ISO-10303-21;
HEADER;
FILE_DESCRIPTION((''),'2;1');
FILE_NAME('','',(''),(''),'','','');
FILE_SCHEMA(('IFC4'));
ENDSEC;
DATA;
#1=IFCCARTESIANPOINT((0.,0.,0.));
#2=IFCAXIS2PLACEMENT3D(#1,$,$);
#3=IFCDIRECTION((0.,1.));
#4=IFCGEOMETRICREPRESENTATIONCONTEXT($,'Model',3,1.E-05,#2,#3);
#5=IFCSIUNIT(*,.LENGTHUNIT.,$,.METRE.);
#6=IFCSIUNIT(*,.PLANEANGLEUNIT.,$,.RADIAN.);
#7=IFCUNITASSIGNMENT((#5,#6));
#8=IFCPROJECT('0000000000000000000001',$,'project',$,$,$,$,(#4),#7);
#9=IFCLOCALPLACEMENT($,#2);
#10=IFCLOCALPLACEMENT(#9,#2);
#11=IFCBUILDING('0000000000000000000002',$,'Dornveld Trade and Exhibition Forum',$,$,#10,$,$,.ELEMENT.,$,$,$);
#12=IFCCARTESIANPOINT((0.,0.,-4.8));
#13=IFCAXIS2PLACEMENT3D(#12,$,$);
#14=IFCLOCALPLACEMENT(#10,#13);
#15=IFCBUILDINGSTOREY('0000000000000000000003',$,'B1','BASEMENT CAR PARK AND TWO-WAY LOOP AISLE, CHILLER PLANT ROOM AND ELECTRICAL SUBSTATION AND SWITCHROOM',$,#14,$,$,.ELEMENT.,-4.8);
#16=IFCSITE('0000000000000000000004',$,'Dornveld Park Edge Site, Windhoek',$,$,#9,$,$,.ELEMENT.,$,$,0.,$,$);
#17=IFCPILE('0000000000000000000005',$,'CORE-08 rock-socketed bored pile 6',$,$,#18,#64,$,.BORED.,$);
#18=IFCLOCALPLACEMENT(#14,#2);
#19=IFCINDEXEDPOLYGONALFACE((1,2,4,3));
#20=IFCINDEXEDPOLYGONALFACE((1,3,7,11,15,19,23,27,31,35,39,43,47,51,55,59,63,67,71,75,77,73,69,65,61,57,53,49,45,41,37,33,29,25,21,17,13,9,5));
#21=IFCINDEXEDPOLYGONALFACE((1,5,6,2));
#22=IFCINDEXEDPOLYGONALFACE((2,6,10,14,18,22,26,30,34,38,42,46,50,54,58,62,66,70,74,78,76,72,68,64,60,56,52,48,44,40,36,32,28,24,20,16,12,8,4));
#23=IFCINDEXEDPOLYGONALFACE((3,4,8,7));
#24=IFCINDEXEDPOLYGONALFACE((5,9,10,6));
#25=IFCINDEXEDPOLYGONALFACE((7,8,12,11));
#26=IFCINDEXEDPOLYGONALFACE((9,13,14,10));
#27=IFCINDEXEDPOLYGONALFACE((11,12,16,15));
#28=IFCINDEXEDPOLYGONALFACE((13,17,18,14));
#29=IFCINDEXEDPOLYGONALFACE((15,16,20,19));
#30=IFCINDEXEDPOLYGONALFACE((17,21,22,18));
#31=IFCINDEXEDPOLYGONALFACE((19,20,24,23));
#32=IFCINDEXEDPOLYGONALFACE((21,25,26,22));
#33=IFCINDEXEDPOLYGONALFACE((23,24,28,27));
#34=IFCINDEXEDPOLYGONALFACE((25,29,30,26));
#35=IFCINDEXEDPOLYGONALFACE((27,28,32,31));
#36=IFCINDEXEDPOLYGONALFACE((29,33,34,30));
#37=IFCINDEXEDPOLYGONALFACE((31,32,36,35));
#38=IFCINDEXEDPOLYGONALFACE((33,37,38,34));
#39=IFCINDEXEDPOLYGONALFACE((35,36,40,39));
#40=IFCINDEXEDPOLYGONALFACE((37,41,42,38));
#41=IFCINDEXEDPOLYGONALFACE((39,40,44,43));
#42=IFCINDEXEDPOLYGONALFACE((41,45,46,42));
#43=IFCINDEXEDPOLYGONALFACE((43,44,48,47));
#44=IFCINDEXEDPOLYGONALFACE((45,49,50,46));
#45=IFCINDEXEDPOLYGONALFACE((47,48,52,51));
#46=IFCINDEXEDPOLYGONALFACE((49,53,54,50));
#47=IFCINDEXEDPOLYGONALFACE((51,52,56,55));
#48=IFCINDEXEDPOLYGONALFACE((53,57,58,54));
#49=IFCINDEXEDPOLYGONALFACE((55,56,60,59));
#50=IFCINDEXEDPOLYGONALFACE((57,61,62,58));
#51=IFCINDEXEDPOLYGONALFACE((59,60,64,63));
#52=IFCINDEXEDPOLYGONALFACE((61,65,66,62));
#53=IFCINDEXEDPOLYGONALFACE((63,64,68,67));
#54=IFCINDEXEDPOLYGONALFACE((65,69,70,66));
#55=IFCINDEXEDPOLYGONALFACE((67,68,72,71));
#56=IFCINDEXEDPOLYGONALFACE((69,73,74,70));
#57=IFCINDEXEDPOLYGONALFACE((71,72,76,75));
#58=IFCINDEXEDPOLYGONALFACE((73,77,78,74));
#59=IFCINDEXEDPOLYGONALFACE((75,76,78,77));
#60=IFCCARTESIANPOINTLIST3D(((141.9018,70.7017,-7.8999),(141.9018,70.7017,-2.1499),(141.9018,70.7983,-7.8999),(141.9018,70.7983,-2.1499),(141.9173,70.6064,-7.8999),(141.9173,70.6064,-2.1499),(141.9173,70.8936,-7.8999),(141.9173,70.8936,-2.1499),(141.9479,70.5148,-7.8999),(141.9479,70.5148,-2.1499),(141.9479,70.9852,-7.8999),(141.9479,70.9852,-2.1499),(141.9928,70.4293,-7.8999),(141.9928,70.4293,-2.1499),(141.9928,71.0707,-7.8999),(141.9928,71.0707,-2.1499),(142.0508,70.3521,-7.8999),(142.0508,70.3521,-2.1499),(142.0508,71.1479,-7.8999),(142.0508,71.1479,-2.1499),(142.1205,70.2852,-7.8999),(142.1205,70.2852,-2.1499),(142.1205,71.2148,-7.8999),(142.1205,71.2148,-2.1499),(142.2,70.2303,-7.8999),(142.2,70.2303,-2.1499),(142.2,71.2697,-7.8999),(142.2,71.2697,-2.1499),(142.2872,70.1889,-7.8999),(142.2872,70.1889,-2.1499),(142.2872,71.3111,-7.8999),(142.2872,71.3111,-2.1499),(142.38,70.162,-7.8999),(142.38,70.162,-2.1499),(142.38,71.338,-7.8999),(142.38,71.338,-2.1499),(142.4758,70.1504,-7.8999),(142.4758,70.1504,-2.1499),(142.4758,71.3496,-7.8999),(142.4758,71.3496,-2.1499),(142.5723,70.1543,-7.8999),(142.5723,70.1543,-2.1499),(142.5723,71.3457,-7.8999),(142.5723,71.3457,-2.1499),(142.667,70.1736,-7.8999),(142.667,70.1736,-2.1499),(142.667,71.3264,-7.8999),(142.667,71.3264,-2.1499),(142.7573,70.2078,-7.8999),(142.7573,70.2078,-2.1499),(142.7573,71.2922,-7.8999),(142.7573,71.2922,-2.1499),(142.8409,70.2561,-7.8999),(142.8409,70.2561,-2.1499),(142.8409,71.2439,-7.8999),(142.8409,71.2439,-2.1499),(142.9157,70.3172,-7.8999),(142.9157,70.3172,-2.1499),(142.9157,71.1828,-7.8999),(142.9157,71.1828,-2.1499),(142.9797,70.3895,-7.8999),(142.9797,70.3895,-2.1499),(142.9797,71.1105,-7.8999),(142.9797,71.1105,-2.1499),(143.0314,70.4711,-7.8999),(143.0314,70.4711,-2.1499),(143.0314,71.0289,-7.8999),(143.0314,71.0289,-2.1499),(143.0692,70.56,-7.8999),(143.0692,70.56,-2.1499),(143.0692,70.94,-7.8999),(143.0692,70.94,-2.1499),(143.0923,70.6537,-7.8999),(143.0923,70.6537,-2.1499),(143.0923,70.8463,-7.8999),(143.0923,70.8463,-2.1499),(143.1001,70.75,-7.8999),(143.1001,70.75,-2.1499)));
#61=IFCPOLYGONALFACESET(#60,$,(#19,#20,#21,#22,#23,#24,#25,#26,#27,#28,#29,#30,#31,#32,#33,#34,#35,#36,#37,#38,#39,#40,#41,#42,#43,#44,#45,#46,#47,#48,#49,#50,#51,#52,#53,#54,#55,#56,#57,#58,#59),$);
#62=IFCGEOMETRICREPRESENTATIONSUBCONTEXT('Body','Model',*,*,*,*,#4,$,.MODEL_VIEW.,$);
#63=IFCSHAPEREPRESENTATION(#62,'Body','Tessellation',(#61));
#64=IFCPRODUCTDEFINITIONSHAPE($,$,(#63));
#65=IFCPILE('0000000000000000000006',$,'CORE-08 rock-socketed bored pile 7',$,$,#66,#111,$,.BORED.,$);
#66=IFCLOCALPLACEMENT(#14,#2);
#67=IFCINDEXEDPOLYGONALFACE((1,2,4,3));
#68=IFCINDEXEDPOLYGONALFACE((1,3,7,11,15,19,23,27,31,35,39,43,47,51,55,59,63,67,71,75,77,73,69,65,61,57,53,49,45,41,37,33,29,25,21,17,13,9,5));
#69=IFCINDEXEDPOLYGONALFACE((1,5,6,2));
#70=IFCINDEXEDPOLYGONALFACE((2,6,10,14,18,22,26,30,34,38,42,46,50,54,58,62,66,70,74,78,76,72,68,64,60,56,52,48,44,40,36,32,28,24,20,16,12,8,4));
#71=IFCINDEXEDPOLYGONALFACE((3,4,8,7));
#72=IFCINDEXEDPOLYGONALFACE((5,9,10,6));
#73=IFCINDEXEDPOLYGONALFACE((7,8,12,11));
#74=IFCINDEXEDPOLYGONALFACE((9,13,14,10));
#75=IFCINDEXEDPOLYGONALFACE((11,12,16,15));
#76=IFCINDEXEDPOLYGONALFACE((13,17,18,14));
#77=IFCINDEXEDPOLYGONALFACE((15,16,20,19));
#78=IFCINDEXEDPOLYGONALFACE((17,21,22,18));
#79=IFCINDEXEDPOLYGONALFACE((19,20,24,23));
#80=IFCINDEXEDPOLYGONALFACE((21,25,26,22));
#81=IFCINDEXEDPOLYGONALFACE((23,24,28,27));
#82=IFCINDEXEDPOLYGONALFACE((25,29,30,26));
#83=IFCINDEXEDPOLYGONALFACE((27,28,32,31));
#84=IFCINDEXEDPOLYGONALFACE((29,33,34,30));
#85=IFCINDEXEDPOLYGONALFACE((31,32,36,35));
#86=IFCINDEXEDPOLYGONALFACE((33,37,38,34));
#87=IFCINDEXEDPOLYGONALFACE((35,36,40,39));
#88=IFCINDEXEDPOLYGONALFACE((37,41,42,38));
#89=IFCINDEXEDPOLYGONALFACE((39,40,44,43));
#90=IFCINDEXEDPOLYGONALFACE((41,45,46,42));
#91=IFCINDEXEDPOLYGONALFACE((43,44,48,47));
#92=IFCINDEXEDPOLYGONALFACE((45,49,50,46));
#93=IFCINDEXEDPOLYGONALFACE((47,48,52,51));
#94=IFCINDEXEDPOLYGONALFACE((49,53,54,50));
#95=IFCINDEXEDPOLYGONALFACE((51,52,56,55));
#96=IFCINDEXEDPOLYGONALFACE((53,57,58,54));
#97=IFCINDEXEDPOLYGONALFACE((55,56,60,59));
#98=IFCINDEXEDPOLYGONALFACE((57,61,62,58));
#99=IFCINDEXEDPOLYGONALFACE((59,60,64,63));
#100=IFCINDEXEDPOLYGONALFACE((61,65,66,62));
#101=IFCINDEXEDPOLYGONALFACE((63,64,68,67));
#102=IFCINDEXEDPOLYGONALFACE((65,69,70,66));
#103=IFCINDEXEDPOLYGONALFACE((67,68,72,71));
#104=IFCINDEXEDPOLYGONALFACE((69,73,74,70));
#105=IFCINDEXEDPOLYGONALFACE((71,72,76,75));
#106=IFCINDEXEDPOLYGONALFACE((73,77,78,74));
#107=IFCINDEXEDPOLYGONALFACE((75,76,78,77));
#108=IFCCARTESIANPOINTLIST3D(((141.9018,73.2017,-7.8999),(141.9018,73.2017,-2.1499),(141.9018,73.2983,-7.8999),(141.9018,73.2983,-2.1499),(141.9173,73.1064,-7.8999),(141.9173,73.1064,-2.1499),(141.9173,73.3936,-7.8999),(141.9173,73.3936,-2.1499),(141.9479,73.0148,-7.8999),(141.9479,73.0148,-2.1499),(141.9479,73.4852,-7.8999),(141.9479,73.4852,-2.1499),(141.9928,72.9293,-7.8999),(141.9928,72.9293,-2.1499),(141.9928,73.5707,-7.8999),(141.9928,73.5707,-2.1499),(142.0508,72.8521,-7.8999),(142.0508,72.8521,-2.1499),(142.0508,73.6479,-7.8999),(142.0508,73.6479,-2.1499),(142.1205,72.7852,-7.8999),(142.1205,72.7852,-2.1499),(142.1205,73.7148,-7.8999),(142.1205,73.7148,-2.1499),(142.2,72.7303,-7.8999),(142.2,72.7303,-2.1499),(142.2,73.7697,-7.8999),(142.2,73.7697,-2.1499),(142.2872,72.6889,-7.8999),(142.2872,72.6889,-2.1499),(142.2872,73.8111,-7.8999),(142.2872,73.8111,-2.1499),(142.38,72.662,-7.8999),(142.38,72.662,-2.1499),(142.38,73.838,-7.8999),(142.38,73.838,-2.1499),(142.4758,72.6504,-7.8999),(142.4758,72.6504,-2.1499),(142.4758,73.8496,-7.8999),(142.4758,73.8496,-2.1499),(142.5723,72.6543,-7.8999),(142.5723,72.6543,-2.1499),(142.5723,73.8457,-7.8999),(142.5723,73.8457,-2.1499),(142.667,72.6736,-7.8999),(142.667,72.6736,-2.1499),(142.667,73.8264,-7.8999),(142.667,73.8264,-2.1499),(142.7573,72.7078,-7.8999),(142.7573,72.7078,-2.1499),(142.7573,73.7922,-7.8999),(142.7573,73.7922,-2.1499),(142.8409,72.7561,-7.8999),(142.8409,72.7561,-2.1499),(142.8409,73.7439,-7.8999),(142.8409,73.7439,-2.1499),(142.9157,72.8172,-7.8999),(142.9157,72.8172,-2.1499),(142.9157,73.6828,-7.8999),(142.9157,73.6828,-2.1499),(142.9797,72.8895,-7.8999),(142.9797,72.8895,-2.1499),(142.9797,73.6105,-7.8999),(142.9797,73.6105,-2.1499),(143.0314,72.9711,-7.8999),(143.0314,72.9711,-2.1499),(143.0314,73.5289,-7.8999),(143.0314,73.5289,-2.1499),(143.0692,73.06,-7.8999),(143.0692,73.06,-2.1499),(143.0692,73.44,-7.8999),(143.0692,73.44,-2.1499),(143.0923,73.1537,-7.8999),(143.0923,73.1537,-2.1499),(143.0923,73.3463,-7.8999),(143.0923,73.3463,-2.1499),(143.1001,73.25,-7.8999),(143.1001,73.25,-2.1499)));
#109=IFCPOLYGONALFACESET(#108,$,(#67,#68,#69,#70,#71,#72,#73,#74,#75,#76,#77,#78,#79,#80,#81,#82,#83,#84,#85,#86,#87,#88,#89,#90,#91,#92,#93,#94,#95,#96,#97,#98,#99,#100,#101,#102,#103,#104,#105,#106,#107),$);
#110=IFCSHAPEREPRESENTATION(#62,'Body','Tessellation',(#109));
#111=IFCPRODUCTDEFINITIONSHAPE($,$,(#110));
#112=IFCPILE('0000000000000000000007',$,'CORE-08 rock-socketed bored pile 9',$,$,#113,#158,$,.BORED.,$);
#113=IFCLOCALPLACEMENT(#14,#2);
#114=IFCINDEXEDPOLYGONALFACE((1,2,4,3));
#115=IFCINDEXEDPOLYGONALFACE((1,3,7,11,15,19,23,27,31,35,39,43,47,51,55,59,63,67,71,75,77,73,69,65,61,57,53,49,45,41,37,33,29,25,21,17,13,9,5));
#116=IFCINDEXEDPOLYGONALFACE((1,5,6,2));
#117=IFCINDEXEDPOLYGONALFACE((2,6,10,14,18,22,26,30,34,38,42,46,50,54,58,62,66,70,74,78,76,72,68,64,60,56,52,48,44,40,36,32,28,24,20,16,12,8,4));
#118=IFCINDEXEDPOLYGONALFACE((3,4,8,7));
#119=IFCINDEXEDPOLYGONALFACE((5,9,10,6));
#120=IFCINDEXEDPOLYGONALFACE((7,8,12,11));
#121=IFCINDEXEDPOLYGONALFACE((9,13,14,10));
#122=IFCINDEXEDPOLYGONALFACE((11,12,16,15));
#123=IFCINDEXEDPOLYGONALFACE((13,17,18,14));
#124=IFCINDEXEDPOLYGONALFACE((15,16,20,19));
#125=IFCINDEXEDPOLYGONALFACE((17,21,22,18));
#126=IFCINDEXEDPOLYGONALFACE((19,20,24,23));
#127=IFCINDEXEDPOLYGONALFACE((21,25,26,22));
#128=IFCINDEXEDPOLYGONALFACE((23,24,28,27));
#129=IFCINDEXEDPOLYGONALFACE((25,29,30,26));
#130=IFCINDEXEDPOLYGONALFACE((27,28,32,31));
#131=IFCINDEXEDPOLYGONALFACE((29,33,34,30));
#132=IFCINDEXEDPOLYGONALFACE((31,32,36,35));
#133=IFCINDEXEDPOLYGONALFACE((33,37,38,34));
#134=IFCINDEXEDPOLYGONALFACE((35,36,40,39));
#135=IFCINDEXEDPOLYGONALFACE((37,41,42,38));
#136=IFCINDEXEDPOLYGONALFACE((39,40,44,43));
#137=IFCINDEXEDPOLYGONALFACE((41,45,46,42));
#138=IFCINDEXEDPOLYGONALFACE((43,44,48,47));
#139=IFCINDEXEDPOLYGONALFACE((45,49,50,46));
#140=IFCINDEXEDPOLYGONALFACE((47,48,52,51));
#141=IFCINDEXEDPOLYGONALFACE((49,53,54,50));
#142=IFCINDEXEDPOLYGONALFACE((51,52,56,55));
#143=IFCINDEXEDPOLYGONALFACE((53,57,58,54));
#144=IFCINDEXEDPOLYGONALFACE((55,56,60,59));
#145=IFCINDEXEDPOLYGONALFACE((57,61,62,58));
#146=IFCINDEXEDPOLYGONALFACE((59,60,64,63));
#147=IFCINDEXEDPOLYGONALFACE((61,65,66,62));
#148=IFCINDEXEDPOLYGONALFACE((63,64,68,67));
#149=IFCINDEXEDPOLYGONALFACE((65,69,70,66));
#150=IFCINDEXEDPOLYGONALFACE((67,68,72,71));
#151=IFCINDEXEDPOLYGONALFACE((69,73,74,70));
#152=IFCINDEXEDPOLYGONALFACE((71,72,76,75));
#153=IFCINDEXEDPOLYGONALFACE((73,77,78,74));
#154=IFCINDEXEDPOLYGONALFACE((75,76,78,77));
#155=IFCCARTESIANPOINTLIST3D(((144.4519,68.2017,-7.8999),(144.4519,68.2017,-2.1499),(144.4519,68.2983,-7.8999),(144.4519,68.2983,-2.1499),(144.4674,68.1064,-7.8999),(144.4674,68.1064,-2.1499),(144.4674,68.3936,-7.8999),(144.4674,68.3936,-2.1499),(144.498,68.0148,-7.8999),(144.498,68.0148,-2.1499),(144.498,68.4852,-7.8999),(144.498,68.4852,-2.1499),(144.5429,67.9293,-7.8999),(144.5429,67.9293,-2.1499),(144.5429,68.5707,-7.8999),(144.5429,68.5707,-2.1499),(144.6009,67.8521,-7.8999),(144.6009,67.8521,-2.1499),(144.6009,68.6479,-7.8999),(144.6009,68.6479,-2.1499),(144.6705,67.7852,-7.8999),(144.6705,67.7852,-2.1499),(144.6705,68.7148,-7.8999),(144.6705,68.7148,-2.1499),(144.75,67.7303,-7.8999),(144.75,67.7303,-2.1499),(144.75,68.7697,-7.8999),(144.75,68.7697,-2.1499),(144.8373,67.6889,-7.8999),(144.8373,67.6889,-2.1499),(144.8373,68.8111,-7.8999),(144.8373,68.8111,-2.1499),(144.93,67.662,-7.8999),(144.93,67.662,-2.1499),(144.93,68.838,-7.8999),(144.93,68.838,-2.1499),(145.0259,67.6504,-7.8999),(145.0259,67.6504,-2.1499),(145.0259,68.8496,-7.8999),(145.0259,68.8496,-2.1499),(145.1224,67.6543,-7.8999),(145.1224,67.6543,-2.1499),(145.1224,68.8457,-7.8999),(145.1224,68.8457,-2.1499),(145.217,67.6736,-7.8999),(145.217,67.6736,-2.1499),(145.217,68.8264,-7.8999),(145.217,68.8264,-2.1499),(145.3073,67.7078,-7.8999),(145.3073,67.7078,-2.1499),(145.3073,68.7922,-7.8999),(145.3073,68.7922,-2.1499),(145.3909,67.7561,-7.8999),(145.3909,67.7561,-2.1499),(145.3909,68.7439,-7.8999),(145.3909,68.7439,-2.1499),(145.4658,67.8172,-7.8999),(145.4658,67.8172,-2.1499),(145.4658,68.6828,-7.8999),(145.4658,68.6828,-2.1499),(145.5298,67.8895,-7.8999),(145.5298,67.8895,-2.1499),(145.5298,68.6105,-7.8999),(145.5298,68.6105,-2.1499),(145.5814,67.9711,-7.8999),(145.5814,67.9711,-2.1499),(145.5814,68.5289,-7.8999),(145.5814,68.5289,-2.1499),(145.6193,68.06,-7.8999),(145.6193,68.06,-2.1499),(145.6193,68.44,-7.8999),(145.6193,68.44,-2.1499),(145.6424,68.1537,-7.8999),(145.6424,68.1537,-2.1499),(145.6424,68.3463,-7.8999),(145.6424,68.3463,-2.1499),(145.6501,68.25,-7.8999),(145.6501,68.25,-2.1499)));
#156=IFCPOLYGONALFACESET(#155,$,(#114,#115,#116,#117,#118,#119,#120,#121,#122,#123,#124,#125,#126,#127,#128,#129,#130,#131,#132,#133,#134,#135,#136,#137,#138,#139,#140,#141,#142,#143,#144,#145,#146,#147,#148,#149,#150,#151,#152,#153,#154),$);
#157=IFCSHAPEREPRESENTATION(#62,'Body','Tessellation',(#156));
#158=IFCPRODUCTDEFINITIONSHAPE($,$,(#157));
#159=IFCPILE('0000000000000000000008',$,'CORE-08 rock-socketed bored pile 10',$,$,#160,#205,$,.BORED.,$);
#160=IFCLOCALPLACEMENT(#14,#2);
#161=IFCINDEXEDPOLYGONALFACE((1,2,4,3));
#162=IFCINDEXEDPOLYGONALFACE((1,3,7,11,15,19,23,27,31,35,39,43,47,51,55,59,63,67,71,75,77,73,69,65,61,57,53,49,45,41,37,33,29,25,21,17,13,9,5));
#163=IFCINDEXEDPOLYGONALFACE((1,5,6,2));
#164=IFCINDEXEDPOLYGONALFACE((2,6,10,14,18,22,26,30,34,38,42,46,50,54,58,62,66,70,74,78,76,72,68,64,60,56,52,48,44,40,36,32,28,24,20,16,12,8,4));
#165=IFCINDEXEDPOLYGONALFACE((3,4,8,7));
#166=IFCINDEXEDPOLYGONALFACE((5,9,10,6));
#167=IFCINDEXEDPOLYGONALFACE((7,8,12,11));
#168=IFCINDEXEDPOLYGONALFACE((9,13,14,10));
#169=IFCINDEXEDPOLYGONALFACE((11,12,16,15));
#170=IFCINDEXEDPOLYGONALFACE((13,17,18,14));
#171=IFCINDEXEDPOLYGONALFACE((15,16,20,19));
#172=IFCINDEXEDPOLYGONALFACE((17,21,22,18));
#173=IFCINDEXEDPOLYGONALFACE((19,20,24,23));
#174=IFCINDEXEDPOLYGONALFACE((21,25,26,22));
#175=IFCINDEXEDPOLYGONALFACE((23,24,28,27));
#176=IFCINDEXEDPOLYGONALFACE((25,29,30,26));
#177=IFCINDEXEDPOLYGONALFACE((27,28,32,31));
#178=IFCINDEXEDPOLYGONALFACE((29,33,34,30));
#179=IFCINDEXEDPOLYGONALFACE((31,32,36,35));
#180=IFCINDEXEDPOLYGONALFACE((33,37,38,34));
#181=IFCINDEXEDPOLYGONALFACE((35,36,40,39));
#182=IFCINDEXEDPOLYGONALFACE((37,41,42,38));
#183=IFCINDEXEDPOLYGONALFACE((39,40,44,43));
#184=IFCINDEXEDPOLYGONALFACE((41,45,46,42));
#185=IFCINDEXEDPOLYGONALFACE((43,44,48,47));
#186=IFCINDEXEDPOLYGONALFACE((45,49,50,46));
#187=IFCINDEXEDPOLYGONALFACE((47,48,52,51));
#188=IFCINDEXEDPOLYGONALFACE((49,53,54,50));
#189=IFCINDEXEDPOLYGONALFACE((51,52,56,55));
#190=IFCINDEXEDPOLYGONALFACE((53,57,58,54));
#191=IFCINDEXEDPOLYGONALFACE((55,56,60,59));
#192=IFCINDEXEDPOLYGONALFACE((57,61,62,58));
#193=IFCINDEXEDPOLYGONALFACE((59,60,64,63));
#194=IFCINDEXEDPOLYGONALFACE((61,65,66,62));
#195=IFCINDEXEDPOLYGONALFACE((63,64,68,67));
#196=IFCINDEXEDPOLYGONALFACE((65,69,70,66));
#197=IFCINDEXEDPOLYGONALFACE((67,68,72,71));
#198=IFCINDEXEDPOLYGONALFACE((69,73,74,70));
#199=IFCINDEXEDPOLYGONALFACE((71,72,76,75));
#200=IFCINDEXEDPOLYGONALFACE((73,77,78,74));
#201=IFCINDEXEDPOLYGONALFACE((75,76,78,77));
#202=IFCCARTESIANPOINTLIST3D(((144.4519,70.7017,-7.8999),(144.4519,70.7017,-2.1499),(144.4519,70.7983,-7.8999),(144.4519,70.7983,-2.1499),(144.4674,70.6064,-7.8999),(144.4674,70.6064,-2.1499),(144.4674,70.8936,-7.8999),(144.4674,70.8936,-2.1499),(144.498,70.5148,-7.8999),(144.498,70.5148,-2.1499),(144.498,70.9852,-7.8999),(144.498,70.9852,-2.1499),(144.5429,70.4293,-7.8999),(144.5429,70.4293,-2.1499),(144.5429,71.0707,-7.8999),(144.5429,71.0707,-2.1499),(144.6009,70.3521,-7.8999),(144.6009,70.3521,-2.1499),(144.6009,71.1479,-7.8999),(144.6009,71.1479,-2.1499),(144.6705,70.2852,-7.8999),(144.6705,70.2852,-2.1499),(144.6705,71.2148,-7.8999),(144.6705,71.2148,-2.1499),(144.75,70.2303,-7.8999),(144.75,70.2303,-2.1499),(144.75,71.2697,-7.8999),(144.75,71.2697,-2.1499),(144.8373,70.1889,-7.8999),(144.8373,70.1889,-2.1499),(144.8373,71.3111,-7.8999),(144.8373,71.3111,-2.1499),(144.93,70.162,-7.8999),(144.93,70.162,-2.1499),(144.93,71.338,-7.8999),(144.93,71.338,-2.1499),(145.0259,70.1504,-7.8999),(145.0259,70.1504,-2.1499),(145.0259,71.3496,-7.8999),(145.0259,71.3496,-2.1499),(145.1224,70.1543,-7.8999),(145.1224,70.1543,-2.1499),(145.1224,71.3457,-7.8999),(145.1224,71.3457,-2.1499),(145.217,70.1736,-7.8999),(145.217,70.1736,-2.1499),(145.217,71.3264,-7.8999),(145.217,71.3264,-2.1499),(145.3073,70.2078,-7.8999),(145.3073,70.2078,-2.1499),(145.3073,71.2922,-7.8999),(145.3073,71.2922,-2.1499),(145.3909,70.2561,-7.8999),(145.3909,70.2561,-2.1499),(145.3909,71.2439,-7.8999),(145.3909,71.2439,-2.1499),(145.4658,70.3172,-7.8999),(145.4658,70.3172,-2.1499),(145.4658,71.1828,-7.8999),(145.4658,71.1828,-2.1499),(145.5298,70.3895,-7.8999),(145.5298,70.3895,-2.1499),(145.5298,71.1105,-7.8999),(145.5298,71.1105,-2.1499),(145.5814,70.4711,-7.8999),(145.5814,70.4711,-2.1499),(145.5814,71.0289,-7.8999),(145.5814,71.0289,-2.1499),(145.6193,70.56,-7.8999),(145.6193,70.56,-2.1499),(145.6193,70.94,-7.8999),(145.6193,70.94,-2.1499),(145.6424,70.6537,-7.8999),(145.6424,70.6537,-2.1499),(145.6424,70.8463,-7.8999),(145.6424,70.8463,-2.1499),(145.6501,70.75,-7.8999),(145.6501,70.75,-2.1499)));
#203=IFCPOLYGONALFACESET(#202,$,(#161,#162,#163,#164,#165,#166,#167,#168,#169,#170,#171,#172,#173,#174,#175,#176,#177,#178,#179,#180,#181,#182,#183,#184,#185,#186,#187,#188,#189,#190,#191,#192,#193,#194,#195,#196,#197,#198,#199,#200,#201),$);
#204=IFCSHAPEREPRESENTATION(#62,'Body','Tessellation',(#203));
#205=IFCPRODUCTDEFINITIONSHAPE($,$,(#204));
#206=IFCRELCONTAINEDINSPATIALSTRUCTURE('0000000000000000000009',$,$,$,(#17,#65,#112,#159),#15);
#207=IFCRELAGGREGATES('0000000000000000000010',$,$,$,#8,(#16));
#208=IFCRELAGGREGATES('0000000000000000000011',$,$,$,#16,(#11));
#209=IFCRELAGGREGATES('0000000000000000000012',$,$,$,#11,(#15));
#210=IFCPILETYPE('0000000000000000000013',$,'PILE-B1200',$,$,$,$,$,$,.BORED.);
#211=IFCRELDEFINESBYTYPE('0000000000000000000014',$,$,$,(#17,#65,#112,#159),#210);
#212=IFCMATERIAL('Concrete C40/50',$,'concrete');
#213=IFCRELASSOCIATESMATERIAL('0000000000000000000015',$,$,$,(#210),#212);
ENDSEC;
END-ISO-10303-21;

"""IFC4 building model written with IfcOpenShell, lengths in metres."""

from ifc_helpers import new_model, si_unit, direction, frame, origin, origin_2d, place, context, subcontext, project, spatial, circle, extrude, material, material_profile, profile_set, type_object, element, save


model = new_model("IFC4")

# Units and contexts
model_context = context("Model", 3, precision=1e-05, world=origin(), true_north=direction((0.0, 1.0)))
body_context = subcontext(model_context, "Body", "Model", "MODEL_VIEW")
ifc_project = project(units=[si_unit("LENGTHUNIT", "METRE"), si_unit("PLANEANGLEUNIT", "RADIAN")], contexts=[model_context])

# Site, building, storey
site_placement = place(None, origin())
site = spatial("IfcSite", under=ifc_project, at=site_placement, Name="Dornveld Park Edge Site, Windhoek", CompositionType="ELEMENT", RefElevation=0.0)
building_placement = place(site_placement, origin())
building = spatial("IfcBuilding", under=site, at=building_placement, Name="Dornveld Trade and Exhibition Forum", CompositionType="ELEMENT")
storey_placement = place(building_placement, frame((0.0, 0.0, -4.8)))
storey = spatial("IfcBuildingStorey", under=building, at=storey_placement, Name="B1", Description="BASEMENT CAR PARK AND TWO-WAY LOOP AISLE, CHILLER PLANT ROOM AND ELECTRICAL SUBSTATION AND SWITCHROOM", CompositionType="ELEMENT", Elevation=-4.8)

# Piles
ifc_material_1 = material(Name="Concrete C40/50", Category="concrete")
ifc_material_profile_1 = material_profile(ifc_material_1, circle(Radius=0.6001, at=origin_2d()), Name="PILE D1200")
ifc_profile_set_1 = profile_set([ifc_material_profile_1], Name="Concrete C40/50")
pile_type_1 = type_object("IfcPileType", Name="PILE-B1200", PredefinedType="BORED", material=ifc_profile_set_1)
for number, where, z_axis, x_axis, name in (
    (1, (142.5, 70.75, -2.1499), (0.0, 0.0, -1.0), (1.0, 0.0, 0.0), "CORE-08 rock-socketed bored pile 6"),
    (2, (142.5, 73.25, -2.1499), (0.0, 0.0, -1.0), (1.0, 0.0, 0.0), "CORE-08 rock-socketed bored pile 7"),
    (3, (145.05, 68.25, -2.1499), (0.0, 0.0, -1.0), (1.0, 0.0, 0.0), "CORE-08 rock-socketed bored pile 9"),
    (4, (145.05, 70.75, -2.1499), (0.0, 0.0, -1.0), (1.0, 0.0, 0.0), "CORE-08 rock-socketed bored pile 10"),
):
    element("IfcPile", number, at=place(storey_placement, frame(where, z_axis=z_axis, x_axis=x_axis)), inside=storey, type_object=pile_type_1, Name=name, PredefinedType="BORED", context=body_context, shape_type="SweptSolid", body=[
        extrude(circle(Radius=0.6001, at=origin_2d()), origin(), (0.0, 0.0, 1.0), 5.75),
    ])

save(model, "model.ifc")
